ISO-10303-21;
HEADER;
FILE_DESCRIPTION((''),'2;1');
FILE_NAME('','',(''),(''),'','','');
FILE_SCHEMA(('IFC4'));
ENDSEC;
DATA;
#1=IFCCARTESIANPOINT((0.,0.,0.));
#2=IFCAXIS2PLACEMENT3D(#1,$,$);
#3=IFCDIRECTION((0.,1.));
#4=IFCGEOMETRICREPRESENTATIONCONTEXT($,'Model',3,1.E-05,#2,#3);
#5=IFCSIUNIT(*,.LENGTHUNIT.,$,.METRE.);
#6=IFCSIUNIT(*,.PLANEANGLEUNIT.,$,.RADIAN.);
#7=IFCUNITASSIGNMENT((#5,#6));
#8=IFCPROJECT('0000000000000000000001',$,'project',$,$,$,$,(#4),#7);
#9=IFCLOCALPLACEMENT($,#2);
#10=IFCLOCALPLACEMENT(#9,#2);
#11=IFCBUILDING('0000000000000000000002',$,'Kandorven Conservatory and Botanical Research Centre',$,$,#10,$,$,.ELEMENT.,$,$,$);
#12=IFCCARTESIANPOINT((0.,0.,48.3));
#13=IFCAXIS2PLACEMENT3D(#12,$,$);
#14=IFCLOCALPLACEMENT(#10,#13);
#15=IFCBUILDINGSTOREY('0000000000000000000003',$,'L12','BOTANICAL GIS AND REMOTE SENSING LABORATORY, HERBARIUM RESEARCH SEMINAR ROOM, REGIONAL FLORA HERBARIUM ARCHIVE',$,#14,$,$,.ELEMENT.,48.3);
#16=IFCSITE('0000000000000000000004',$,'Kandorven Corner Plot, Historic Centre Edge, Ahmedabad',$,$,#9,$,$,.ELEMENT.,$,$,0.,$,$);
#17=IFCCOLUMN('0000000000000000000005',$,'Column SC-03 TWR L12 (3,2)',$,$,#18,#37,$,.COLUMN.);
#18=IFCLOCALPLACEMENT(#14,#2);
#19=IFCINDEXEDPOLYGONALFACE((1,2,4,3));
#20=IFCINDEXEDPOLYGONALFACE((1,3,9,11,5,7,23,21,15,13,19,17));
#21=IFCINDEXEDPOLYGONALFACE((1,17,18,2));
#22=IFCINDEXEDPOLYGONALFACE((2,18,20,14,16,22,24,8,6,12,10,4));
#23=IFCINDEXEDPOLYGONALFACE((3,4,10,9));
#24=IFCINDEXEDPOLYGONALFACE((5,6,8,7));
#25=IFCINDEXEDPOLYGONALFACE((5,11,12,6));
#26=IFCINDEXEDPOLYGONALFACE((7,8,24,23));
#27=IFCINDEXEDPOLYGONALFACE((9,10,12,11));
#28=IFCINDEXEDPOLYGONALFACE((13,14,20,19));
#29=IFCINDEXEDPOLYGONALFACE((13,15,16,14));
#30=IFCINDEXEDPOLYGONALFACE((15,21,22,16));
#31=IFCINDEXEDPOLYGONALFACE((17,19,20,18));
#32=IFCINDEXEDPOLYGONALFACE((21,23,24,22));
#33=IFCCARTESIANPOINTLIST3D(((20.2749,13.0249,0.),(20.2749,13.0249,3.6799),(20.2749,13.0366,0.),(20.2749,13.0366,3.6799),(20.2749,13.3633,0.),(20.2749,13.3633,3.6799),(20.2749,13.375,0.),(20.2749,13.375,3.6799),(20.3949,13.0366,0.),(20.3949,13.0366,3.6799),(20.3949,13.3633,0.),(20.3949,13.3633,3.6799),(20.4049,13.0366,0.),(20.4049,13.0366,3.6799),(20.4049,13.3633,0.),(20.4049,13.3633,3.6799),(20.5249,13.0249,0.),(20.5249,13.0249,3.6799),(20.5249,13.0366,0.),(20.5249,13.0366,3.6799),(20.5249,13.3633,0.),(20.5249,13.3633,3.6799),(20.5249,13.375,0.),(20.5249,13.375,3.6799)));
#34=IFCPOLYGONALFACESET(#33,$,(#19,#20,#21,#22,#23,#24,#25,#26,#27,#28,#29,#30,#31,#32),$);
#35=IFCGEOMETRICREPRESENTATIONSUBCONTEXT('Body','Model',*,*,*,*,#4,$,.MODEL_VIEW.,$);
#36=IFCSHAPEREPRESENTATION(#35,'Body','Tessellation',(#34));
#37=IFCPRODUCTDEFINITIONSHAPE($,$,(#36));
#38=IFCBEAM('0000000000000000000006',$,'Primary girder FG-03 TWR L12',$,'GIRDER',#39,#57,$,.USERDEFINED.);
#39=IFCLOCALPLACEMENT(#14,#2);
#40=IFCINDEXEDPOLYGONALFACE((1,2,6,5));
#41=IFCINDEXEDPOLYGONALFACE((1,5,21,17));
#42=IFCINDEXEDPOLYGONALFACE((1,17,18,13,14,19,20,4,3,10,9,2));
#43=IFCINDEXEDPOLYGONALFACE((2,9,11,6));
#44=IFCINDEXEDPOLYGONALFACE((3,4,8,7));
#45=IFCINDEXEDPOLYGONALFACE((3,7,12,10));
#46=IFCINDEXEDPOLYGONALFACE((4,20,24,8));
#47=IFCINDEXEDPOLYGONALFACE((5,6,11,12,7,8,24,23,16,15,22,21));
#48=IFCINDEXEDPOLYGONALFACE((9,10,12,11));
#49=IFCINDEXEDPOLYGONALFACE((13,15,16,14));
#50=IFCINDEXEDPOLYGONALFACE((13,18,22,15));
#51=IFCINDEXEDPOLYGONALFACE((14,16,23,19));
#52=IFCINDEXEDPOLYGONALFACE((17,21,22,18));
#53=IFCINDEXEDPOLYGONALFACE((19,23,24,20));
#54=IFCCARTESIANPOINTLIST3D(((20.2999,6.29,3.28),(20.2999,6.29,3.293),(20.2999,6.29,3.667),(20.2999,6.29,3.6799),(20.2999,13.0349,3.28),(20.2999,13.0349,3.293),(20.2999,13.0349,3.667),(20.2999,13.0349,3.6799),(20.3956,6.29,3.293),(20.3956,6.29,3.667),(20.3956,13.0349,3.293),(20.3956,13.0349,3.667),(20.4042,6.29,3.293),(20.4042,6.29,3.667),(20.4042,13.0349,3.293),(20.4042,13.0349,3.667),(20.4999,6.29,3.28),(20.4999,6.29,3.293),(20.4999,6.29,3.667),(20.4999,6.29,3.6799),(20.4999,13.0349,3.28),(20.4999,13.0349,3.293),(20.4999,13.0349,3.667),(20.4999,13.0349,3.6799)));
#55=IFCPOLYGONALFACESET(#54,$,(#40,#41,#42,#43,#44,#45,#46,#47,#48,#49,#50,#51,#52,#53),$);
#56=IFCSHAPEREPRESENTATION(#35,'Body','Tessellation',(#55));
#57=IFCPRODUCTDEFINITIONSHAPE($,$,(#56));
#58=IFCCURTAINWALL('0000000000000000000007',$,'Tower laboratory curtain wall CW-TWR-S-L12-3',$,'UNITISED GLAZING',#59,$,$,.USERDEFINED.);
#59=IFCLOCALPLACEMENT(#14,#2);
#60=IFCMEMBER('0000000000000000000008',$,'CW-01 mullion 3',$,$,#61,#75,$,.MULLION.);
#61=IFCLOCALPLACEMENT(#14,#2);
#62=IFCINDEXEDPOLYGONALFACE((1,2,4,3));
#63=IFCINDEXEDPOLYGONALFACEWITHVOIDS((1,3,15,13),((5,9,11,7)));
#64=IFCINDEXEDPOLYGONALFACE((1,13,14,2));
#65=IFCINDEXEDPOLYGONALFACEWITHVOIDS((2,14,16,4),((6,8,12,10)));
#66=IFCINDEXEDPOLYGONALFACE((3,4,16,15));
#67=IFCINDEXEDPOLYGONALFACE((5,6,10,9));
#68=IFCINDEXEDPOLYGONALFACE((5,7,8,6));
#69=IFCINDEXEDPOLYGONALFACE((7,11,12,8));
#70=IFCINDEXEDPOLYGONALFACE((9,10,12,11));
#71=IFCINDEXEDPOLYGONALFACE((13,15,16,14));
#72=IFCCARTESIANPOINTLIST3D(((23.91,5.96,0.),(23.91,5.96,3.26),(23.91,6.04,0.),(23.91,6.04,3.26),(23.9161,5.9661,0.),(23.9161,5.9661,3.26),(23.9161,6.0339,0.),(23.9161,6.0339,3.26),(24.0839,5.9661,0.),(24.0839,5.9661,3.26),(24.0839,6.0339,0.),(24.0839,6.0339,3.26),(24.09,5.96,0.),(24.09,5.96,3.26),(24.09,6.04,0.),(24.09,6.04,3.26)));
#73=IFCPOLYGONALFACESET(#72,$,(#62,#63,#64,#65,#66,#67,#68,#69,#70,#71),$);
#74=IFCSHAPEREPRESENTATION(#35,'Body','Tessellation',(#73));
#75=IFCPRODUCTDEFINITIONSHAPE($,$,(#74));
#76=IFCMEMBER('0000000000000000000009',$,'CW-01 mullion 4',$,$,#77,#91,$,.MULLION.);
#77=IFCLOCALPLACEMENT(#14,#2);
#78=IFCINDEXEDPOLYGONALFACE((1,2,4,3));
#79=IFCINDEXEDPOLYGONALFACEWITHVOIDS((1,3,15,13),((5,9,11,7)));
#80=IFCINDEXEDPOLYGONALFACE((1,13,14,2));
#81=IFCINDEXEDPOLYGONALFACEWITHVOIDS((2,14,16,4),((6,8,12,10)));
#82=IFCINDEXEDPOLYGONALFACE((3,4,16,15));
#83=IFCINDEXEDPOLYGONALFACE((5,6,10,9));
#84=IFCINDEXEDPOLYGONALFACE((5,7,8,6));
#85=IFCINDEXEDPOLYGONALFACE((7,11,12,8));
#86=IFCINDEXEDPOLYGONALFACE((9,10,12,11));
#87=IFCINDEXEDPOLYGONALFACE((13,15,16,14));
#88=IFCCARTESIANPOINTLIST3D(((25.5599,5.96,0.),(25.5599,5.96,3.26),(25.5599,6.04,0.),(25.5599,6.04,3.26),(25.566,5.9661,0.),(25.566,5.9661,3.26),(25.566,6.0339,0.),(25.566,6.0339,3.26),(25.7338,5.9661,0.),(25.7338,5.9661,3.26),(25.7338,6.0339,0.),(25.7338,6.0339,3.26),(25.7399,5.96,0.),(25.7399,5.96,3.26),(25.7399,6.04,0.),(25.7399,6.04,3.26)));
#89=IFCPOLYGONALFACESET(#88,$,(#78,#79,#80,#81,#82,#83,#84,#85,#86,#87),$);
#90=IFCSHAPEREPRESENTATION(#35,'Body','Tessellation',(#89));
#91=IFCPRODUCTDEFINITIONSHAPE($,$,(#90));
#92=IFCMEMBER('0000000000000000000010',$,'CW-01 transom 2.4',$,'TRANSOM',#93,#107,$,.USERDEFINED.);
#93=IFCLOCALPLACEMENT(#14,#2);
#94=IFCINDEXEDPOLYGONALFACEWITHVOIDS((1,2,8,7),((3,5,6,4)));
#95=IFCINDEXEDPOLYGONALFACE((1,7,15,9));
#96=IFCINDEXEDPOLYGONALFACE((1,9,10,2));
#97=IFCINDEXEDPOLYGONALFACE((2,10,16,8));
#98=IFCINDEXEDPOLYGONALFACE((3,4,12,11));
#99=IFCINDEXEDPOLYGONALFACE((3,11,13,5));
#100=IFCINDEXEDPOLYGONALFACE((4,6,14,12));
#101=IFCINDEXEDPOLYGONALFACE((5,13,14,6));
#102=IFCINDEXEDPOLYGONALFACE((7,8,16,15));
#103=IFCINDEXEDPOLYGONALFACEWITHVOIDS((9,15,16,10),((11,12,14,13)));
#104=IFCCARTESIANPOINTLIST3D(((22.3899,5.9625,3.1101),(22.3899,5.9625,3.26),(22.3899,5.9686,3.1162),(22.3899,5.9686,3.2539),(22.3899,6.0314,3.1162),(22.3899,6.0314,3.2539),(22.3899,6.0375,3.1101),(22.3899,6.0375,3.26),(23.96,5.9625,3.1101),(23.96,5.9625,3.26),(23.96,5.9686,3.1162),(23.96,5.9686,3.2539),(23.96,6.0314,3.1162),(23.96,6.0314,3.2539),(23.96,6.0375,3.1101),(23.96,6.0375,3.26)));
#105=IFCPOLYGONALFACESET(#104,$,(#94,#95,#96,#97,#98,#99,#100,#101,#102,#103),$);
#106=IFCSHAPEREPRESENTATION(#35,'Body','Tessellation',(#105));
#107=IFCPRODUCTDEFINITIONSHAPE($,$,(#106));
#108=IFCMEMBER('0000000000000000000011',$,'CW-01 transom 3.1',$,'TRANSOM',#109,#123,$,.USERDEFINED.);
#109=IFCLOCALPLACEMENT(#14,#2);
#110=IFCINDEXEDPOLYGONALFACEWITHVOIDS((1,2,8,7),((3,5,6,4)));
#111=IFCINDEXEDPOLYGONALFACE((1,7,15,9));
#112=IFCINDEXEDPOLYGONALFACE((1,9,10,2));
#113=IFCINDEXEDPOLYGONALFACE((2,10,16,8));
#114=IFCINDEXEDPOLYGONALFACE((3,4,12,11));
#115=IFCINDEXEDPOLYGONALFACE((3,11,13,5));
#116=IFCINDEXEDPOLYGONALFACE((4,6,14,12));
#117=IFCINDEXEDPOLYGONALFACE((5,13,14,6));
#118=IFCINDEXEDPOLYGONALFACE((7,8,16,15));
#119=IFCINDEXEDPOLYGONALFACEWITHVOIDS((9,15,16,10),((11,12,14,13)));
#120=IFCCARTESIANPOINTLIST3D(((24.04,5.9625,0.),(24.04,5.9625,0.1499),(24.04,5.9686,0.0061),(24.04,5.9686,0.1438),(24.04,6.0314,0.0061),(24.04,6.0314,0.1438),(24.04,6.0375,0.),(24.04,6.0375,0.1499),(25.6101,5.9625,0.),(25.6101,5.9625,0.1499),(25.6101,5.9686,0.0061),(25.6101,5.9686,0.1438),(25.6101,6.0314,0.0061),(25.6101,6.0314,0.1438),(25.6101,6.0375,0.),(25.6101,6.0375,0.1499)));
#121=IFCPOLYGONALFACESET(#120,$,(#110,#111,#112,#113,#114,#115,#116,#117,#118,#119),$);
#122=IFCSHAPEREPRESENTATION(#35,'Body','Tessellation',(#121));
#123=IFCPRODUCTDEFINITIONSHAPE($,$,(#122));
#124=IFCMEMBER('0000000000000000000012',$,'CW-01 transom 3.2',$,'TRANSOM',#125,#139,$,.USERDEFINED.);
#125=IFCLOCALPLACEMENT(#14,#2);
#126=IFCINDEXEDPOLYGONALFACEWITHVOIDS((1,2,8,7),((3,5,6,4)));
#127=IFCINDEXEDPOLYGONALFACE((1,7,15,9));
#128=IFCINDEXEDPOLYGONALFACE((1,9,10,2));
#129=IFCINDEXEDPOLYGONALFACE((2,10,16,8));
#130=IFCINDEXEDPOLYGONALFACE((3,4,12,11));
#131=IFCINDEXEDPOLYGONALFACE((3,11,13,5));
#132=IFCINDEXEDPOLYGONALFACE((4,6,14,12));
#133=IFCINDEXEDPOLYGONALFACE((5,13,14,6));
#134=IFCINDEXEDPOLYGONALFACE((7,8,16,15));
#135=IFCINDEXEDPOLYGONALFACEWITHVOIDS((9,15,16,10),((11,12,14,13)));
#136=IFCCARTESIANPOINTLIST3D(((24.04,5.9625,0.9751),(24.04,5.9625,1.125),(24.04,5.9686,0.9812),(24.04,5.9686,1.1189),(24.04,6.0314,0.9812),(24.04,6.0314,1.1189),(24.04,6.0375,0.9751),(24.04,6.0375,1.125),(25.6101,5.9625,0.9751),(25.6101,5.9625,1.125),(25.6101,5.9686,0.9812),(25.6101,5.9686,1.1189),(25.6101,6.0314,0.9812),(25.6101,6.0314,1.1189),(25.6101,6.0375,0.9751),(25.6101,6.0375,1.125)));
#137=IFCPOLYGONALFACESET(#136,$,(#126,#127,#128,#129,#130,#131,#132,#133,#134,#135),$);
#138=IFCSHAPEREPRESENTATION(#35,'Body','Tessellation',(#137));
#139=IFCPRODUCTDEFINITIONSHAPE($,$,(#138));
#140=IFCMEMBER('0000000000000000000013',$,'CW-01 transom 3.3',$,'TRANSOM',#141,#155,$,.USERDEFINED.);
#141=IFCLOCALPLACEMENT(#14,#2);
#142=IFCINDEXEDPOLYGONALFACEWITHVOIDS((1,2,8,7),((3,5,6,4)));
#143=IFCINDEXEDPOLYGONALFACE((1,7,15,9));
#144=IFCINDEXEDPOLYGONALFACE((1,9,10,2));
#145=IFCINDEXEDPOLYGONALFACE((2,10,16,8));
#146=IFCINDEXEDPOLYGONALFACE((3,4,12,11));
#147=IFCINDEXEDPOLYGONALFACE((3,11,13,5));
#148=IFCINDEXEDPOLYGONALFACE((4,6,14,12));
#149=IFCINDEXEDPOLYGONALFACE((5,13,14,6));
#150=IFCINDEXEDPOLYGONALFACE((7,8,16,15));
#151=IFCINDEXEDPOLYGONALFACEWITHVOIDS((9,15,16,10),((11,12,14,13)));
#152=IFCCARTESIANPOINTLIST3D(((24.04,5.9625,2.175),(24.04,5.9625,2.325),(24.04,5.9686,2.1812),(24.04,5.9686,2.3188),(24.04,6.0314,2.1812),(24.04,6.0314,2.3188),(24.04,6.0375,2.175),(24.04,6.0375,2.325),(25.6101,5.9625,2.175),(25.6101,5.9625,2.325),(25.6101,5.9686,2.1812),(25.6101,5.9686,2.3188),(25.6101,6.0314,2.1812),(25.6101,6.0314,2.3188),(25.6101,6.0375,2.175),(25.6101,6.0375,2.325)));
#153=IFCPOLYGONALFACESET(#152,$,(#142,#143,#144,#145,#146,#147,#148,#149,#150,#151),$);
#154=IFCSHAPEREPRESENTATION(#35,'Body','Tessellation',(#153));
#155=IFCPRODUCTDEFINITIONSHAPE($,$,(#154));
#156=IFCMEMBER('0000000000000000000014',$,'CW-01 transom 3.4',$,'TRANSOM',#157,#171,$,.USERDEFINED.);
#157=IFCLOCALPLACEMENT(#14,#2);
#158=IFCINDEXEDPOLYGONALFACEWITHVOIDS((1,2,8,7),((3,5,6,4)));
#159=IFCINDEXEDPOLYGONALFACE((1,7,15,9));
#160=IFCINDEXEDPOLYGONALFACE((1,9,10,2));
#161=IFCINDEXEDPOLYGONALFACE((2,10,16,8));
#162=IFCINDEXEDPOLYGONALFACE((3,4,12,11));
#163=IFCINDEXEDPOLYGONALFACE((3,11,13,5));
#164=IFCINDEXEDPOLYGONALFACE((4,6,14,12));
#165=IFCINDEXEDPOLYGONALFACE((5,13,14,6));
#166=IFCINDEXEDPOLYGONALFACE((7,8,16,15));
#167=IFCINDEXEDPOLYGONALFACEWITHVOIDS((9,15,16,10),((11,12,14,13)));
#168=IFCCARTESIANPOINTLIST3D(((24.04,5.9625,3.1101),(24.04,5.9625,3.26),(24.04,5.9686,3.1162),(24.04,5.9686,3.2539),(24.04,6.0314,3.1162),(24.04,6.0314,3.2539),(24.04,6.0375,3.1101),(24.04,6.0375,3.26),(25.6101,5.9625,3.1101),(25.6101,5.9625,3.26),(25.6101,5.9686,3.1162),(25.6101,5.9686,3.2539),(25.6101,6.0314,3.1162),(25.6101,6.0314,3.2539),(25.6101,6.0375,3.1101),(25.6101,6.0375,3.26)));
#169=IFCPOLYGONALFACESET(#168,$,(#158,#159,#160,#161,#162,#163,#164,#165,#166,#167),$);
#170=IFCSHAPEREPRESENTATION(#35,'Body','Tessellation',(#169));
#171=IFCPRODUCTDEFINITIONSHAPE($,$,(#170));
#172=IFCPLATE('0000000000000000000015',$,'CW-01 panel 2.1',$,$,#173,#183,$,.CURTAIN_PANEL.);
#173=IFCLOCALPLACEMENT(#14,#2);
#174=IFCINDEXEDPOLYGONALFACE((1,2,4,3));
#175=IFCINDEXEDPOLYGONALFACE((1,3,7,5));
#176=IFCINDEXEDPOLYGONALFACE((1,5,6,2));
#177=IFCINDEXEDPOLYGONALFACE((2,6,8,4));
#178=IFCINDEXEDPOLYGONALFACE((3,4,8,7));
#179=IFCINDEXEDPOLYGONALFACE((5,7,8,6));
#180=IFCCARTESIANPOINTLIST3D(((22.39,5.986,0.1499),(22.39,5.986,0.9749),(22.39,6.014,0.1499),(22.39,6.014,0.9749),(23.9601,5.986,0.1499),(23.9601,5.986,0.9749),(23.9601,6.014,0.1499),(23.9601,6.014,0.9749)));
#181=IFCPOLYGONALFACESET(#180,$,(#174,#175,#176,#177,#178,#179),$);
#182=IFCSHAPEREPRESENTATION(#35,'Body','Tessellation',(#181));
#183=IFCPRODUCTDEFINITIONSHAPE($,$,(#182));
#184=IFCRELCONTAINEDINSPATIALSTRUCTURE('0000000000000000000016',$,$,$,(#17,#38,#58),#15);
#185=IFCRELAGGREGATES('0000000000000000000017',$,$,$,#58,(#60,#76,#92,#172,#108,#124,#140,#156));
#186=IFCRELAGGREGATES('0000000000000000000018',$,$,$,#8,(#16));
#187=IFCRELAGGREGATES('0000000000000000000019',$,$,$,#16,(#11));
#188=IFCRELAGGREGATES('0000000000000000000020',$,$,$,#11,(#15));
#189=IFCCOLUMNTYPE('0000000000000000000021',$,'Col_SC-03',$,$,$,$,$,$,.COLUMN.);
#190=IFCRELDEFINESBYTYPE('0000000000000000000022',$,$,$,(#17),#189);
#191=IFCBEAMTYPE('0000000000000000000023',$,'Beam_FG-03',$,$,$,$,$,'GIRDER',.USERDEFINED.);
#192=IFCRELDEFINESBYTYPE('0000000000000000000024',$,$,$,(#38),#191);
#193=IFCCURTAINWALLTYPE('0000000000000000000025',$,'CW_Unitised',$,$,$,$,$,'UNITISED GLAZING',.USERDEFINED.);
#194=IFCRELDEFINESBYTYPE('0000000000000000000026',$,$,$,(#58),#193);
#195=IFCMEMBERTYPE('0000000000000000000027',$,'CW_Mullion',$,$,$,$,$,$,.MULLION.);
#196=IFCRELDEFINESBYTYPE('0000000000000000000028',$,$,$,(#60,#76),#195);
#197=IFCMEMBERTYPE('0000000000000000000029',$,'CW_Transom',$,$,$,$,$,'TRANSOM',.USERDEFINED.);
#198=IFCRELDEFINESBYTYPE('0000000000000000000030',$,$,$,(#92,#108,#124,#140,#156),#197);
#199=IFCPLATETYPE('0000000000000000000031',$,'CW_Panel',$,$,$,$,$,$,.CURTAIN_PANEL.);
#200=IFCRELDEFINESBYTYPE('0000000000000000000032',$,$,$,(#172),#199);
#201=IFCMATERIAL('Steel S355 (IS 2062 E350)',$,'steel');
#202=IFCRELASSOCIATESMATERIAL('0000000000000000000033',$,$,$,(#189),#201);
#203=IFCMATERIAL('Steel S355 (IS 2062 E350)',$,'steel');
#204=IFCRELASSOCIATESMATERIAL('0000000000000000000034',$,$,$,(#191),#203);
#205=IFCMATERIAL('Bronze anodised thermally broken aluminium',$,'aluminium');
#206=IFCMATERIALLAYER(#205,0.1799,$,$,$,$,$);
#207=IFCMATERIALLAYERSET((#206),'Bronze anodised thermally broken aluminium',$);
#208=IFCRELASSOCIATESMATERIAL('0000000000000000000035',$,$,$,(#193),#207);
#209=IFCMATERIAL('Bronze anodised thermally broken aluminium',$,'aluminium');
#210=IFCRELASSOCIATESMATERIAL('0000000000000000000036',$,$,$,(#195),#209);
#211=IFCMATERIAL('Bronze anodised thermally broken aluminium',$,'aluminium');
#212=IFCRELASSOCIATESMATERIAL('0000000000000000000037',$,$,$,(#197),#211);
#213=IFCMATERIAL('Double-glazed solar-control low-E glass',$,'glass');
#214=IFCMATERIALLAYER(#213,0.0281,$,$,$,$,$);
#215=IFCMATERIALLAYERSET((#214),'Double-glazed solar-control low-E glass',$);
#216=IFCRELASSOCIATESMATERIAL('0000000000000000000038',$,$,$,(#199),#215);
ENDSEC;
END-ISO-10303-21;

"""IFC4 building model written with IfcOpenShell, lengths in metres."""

from ifc_helpers import new_model, si_unit, direction, frame, origin, origin_2d, place, context, subcontext, project, spatial, rectangle, hollow_rectangle, i_section, extrude, material, layer, layer_set, material_profile, profile_set, type_object, element, aggregate, save


model = new_model("IFC4")

# Units and contexts
model_context = context("Model", 3, precision=1e-05, world=origin(), true_north=direction((0.0, 1.0)))
body_context = subcontext(model_context, "Body", "Model", "MODEL_VIEW")
ifc_project = project(units=[si_unit("LENGTHUNIT", "METRE"), si_unit("PLANEANGLEUNIT", "RADIAN")], contexts=[model_context])

# Site, building, storey
site_placement = place(None, origin())
site = spatial("IfcSite", under=ifc_project, at=site_placement, Name="Kandorven Corner Plot, Historic Centre Edge, Ahmedabad", CompositionType="ELEMENT", RefElevation=0.0)
building_placement = place(site_placement, origin())
building = spatial("IfcBuilding", under=site, at=building_placement, Name="Kandorven Conservatory and Botanical Research Centre", CompositionType="ELEMENT")
storey_placement = place(building_placement, frame((0.0, 0.0, 48.3)))
storey = spatial("IfcBuildingStorey", under=building, at=storey_placement, Name="L12", Description="BOTANICAL GIS AND REMOTE SENSING LABORATORY, HERBARIUM RESEARCH SEMINAR ROOM, REGIONAL FLORA HERBARIUM ARCHIVE", CompositionType="ELEMENT", Elevation=48.3)

# Column
ifc_material_1 = material(Name="Steel S355 (IS 2062 E350)", Category="steel")
ifc_material_profile_1 = material_profile(ifc_material_1, i_section(OverallWidth=0.25, OverallDepth=0.3501, WebThickness=0.01, FlangeThickness=0.0117, at=origin_2d()))
ifc_profile_set_1 = profile_set([ifc_material_profile_1], Name="Steel S355 (IS 2062 E350)")
column_type = type_object("IfcColumnType", Name="Col_SC-03", PredefinedType="COLUMN", material=ifc_profile_set_1)
column_placement = place(storey_placement, frame((20.3999, 13.2, 0.0), z_axis=(0.0, 0.0, 1.0), x_axis=(1.0, 0.0, 0.0)))
element("IfcColumn", 1, at=column_placement, inside=storey, type_object=column_type, Name="Column SC-03 TWR L12 (3,2)", PredefinedType="COLUMN", context=body_context, shape_type="SweptSolid", body=[
    extrude(i_section(OverallWidth=0.25, OverallDepth=0.3501, WebThickness=0.01, FlangeThickness=0.0117, at=origin_2d()), origin(), (0.0, 0.0, 1.0), 3.6799),
])

# Beam
ifc_material_2 = material(Name="Steel S355 (IS 2062 E350)", Category="steel")
ifc_material_profile_2 = material_profile(ifc_material_2, i_section(OverallWidth=0.2, OverallDepth=0.3999, WebThickness=0.0085, FlangeThickness=0.0129, at=origin_2d()))
ifc_profile_set_2 = profile_set([ifc_material_profile_2], Name="Steel S355 (IS 2062 E350)")
beam_type = type_object("IfcBeamType", Name="Beam_FG-03", ElementType="GIRDER", PredefinedType="USERDEFINED", material=ifc_profile_set_2)
beam_placement = place(storey_placement, frame((20.3999, 6.29, 3.48), z_axis=(0.0, 1.0, 0.0), x_axis=(-1.0, 0.0, 0.0)))
element("IfcBeam", 2, at=beam_placement, inside=storey, type_object=beam_type, Name="Primary girder FG-03 TWR L12", ObjectType="GIRDER", PredefinedType="USERDEFINED", context=body_context, shape_type="SweptSolid", body=[
    extrude(i_section(OverallWidth=0.2, OverallDepth=0.3999, WebThickness=0.0085, FlangeThickness=0.0129, at=origin_2d()), origin(), (0.0, 0.0, 1.0), 6.7449),
])

# Curtain wall, members, plate
ifc_material_3 = material(Name="Bronze anodised thermally broken aluminium", Category="aluminium")
ifc_layer_1 = layer(ifc_material_3, 0.1799)
ifc_layer_set_1 = layer_set([ifc_layer_1], Name="Bronze anodised thermally broken aluminium")
curtain_wall_type = type_object("IfcCurtainWallType", Name="CW_Unitised", ElementType="UNITISED GLAZING", PredefinedType="USERDEFINED", material=ifc_layer_set_1)
curtain_wall_placement = place(storey_placement, origin())
curtain_wall = element("IfcCurtainWall", 3, at=curtain_wall_placement, inside=storey, type_object=curtain_wall_type, Name="Tower laboratory curtain wall CW-TWR-S-L12-3", ObjectType="UNITISED GLAZING", PredefinedType="USERDEFINED")
ifc_material_4 = material(Name="Bronze anodised thermally broken aluminium", Category="aluminium")
ifc_material_profile_3 = material_profile(ifc_material_4, hollow_rectangle(XDim=0.0801, YDim=0.1799, WallThickness=0.0061, at=origin_2d()))
ifc_profile_set_3 = profile_set([ifc_material_profile_3], Name="Bronze anodised thermally broken aluminium")
member_type_1 = type_object("IfcMemberType", Name="CW_Mullion", PredefinedType="MULLION", material=ifc_profile_set_3)
member_1_placement = place(storey_placement, frame((24.0, 6.0, 0.0), z_axis=(0.0, 0.0, 1.0), x_axis=(0.0, 1.0, 0.0)))
member_1 = element("IfcMember", 4, at=member_1_placement, type_object=member_type_1, Name="CW-01 mullion 3", PredefinedType="MULLION", context=body_context, shape_type="SweptSolid", body=[
    extrude(hollow_rectangle(XDim=0.0801, YDim=0.1799, WallThickness=0.0061, at=origin_2d()), origin(), (0.0, 0.0, 1.0), 3.26),
])
member_2_placement = place(storey_placement, frame((25.6499, 6.0, 0.0), z_axis=(0.0, 0.0, 1.0), x_axis=(0.0, 1.0, 0.0)))
member_2 = element("IfcMember", 5, at=member_2_placement, type_object=member_type_1, Name="CW-01 mullion 4", PredefinedType="MULLION", context=body_context, shape_type="SweptSolid", body=[
    extrude(hollow_rectangle(XDim=0.0801, YDim=0.1799, WallThickness=0.0061, at=origin_2d()), origin(), (0.0, 0.0, 1.0), 3.26),
])
ifc_material_5 = material(Name="Bronze anodised thermally broken aluminium", Category="aluminium")
ifc_material_profile_4 = material_profile(ifc_material_5, hollow_rectangle(XDim=0.075, YDim=0.1499, WallThickness=0.0061, at=origin_2d()))
ifc_profile_set_4 = profile_set([ifc_material_profile_4], Name="Bronze anodised thermally broken aluminium")
member_type_2 = type_object("IfcMemberType", Name="CW_Transom", ElementType="TRANSOM", PredefinedType="USERDEFINED", material=ifc_profile_set_4)
member_3_placement = place(storey_placement, frame((22.3899, 6.0, 3.1851), z_axis=(1.0, 0.0, 0.0), x_axis=(0.0, 1.0, 0.0)))
member_3 = element("IfcMember", 6, at=member_3_placement, type_object=member_type_2, Name="CW-01 transom 2.4", ObjectType="TRANSOM", PredefinedType="USERDEFINED", context=body_context, shape_type="SweptSolid", body=[
    extrude(hollow_rectangle(XDim=0.075, YDim=0.1499, WallThickness=0.0061, at=origin_2d()), origin(), (0.0, 0.0, 1.0), 1.5701),
])
member_4_placement = place(storey_placement, frame((24.04, 6.0, 0.075), z_axis=(1.0, 0.0, 0.0), x_axis=(0.0, 1.0, 0.0)))
member_4 = element("IfcMember", 7, at=member_4_placement, type_object=member_type_2, Name="CW-01 transom 3.1", ObjectType="TRANSOM", PredefinedType="USERDEFINED", context=body_context, shape_type="SweptSolid", body=[
    extrude(hollow_rectangle(XDim=0.075, YDim=0.1499, WallThickness=0.0061, at=origin_2d()), origin(), (0.0, 0.0, 1.0), 1.5701),
])
member_5_placement = place(storey_placement, frame((24.04, 6.0, 1.05), z_axis=(1.0, 0.0, 0.0), x_axis=(0.0, 1.0, 0.0)))
member_5 = element("IfcMember", 8, at=member_5_placement, type_object=member_type_2, Name="CW-01 transom 3.2", ObjectType="TRANSOM", PredefinedType="USERDEFINED", context=body_context, shape_type="SweptSolid", body=[
    extrude(hollow_rectangle(XDim=0.075, YDim=0.1499, WallThickness=0.0061, at=origin_2d()), origin(), (0.0, 0.0, 1.0), 1.5701),
])
member_6_placement = place(storey_placement, frame((24.04, 6.0, 2.25), z_axis=(1.0, 0.0, 0.0), x_axis=(0.0, 1.0, 0.0)))
member_6 = element("IfcMember", 9, at=member_6_placement, type_object=member_type_2, Name="CW-01 transom 3.3", ObjectType="TRANSOM", PredefinedType="USERDEFINED", context=body_context, shape_type="SweptSolid", body=[
    extrude(hollow_rectangle(XDim=0.075, YDim=0.1499, WallThickness=0.0061, at=origin_2d()), origin(), (0.0, 0.0, 1.0), 1.5701),
])
member_7_placement = place(storey_placement, frame((24.04, 6.0, 3.1851), z_axis=(1.0, 0.0, 0.0), x_axis=(0.0, 1.0, 0.0)))
member_7 = element("IfcMember", 10, at=member_7_placement, type_object=member_type_2, Name="CW-01 transom 3.4", ObjectType="TRANSOM", PredefinedType="USERDEFINED", context=body_context, shape_type="SweptSolid", body=[
    extrude(hollow_rectangle(XDim=0.075, YDim=0.1499, WallThickness=0.0061, at=origin_2d()), origin(), (0.0, 0.0, 1.0), 1.5701),
])
ifc_material_6 = material(Name="Double-glazed solar-control low-E glass", Category="glass")
ifc_layer_2 = layer(ifc_material_6, 0.0281)
ifc_layer_set_2 = layer_set([ifc_layer_2], Name="Double-glazed solar-control low-E glass")
plate_type = type_object("IfcPlateType", Name="CW_Panel", PredefinedType="CURTAIN_PANEL", material=ifc_layer_set_2)
plate_1_placement = place(storey_placement, frame((23.175, 6.0, 0.1499), z_axis=(0.0, 0.0, 1.0), x_axis=(1.0, 0.0, 0.0)))
plate_1 = element("IfcPlate", 11, at=plate_1_placement, type_object=plate_type, Name="CW-01 panel 2.1", PredefinedType="CURTAIN_PANEL", context=body_context, shape_type="SweptSolid", body=[
    extrude(rectangle(XDim=1.5701, YDim=0.0281, at=origin_2d()), origin(), (0.0, 0.0, 1.0), 0.825),
])
aggregate(curtain_wall, [member_1, member_2, member_3, plate_1, member_4, member_5, member_6, member_7])

save(model, "model.ifc")
